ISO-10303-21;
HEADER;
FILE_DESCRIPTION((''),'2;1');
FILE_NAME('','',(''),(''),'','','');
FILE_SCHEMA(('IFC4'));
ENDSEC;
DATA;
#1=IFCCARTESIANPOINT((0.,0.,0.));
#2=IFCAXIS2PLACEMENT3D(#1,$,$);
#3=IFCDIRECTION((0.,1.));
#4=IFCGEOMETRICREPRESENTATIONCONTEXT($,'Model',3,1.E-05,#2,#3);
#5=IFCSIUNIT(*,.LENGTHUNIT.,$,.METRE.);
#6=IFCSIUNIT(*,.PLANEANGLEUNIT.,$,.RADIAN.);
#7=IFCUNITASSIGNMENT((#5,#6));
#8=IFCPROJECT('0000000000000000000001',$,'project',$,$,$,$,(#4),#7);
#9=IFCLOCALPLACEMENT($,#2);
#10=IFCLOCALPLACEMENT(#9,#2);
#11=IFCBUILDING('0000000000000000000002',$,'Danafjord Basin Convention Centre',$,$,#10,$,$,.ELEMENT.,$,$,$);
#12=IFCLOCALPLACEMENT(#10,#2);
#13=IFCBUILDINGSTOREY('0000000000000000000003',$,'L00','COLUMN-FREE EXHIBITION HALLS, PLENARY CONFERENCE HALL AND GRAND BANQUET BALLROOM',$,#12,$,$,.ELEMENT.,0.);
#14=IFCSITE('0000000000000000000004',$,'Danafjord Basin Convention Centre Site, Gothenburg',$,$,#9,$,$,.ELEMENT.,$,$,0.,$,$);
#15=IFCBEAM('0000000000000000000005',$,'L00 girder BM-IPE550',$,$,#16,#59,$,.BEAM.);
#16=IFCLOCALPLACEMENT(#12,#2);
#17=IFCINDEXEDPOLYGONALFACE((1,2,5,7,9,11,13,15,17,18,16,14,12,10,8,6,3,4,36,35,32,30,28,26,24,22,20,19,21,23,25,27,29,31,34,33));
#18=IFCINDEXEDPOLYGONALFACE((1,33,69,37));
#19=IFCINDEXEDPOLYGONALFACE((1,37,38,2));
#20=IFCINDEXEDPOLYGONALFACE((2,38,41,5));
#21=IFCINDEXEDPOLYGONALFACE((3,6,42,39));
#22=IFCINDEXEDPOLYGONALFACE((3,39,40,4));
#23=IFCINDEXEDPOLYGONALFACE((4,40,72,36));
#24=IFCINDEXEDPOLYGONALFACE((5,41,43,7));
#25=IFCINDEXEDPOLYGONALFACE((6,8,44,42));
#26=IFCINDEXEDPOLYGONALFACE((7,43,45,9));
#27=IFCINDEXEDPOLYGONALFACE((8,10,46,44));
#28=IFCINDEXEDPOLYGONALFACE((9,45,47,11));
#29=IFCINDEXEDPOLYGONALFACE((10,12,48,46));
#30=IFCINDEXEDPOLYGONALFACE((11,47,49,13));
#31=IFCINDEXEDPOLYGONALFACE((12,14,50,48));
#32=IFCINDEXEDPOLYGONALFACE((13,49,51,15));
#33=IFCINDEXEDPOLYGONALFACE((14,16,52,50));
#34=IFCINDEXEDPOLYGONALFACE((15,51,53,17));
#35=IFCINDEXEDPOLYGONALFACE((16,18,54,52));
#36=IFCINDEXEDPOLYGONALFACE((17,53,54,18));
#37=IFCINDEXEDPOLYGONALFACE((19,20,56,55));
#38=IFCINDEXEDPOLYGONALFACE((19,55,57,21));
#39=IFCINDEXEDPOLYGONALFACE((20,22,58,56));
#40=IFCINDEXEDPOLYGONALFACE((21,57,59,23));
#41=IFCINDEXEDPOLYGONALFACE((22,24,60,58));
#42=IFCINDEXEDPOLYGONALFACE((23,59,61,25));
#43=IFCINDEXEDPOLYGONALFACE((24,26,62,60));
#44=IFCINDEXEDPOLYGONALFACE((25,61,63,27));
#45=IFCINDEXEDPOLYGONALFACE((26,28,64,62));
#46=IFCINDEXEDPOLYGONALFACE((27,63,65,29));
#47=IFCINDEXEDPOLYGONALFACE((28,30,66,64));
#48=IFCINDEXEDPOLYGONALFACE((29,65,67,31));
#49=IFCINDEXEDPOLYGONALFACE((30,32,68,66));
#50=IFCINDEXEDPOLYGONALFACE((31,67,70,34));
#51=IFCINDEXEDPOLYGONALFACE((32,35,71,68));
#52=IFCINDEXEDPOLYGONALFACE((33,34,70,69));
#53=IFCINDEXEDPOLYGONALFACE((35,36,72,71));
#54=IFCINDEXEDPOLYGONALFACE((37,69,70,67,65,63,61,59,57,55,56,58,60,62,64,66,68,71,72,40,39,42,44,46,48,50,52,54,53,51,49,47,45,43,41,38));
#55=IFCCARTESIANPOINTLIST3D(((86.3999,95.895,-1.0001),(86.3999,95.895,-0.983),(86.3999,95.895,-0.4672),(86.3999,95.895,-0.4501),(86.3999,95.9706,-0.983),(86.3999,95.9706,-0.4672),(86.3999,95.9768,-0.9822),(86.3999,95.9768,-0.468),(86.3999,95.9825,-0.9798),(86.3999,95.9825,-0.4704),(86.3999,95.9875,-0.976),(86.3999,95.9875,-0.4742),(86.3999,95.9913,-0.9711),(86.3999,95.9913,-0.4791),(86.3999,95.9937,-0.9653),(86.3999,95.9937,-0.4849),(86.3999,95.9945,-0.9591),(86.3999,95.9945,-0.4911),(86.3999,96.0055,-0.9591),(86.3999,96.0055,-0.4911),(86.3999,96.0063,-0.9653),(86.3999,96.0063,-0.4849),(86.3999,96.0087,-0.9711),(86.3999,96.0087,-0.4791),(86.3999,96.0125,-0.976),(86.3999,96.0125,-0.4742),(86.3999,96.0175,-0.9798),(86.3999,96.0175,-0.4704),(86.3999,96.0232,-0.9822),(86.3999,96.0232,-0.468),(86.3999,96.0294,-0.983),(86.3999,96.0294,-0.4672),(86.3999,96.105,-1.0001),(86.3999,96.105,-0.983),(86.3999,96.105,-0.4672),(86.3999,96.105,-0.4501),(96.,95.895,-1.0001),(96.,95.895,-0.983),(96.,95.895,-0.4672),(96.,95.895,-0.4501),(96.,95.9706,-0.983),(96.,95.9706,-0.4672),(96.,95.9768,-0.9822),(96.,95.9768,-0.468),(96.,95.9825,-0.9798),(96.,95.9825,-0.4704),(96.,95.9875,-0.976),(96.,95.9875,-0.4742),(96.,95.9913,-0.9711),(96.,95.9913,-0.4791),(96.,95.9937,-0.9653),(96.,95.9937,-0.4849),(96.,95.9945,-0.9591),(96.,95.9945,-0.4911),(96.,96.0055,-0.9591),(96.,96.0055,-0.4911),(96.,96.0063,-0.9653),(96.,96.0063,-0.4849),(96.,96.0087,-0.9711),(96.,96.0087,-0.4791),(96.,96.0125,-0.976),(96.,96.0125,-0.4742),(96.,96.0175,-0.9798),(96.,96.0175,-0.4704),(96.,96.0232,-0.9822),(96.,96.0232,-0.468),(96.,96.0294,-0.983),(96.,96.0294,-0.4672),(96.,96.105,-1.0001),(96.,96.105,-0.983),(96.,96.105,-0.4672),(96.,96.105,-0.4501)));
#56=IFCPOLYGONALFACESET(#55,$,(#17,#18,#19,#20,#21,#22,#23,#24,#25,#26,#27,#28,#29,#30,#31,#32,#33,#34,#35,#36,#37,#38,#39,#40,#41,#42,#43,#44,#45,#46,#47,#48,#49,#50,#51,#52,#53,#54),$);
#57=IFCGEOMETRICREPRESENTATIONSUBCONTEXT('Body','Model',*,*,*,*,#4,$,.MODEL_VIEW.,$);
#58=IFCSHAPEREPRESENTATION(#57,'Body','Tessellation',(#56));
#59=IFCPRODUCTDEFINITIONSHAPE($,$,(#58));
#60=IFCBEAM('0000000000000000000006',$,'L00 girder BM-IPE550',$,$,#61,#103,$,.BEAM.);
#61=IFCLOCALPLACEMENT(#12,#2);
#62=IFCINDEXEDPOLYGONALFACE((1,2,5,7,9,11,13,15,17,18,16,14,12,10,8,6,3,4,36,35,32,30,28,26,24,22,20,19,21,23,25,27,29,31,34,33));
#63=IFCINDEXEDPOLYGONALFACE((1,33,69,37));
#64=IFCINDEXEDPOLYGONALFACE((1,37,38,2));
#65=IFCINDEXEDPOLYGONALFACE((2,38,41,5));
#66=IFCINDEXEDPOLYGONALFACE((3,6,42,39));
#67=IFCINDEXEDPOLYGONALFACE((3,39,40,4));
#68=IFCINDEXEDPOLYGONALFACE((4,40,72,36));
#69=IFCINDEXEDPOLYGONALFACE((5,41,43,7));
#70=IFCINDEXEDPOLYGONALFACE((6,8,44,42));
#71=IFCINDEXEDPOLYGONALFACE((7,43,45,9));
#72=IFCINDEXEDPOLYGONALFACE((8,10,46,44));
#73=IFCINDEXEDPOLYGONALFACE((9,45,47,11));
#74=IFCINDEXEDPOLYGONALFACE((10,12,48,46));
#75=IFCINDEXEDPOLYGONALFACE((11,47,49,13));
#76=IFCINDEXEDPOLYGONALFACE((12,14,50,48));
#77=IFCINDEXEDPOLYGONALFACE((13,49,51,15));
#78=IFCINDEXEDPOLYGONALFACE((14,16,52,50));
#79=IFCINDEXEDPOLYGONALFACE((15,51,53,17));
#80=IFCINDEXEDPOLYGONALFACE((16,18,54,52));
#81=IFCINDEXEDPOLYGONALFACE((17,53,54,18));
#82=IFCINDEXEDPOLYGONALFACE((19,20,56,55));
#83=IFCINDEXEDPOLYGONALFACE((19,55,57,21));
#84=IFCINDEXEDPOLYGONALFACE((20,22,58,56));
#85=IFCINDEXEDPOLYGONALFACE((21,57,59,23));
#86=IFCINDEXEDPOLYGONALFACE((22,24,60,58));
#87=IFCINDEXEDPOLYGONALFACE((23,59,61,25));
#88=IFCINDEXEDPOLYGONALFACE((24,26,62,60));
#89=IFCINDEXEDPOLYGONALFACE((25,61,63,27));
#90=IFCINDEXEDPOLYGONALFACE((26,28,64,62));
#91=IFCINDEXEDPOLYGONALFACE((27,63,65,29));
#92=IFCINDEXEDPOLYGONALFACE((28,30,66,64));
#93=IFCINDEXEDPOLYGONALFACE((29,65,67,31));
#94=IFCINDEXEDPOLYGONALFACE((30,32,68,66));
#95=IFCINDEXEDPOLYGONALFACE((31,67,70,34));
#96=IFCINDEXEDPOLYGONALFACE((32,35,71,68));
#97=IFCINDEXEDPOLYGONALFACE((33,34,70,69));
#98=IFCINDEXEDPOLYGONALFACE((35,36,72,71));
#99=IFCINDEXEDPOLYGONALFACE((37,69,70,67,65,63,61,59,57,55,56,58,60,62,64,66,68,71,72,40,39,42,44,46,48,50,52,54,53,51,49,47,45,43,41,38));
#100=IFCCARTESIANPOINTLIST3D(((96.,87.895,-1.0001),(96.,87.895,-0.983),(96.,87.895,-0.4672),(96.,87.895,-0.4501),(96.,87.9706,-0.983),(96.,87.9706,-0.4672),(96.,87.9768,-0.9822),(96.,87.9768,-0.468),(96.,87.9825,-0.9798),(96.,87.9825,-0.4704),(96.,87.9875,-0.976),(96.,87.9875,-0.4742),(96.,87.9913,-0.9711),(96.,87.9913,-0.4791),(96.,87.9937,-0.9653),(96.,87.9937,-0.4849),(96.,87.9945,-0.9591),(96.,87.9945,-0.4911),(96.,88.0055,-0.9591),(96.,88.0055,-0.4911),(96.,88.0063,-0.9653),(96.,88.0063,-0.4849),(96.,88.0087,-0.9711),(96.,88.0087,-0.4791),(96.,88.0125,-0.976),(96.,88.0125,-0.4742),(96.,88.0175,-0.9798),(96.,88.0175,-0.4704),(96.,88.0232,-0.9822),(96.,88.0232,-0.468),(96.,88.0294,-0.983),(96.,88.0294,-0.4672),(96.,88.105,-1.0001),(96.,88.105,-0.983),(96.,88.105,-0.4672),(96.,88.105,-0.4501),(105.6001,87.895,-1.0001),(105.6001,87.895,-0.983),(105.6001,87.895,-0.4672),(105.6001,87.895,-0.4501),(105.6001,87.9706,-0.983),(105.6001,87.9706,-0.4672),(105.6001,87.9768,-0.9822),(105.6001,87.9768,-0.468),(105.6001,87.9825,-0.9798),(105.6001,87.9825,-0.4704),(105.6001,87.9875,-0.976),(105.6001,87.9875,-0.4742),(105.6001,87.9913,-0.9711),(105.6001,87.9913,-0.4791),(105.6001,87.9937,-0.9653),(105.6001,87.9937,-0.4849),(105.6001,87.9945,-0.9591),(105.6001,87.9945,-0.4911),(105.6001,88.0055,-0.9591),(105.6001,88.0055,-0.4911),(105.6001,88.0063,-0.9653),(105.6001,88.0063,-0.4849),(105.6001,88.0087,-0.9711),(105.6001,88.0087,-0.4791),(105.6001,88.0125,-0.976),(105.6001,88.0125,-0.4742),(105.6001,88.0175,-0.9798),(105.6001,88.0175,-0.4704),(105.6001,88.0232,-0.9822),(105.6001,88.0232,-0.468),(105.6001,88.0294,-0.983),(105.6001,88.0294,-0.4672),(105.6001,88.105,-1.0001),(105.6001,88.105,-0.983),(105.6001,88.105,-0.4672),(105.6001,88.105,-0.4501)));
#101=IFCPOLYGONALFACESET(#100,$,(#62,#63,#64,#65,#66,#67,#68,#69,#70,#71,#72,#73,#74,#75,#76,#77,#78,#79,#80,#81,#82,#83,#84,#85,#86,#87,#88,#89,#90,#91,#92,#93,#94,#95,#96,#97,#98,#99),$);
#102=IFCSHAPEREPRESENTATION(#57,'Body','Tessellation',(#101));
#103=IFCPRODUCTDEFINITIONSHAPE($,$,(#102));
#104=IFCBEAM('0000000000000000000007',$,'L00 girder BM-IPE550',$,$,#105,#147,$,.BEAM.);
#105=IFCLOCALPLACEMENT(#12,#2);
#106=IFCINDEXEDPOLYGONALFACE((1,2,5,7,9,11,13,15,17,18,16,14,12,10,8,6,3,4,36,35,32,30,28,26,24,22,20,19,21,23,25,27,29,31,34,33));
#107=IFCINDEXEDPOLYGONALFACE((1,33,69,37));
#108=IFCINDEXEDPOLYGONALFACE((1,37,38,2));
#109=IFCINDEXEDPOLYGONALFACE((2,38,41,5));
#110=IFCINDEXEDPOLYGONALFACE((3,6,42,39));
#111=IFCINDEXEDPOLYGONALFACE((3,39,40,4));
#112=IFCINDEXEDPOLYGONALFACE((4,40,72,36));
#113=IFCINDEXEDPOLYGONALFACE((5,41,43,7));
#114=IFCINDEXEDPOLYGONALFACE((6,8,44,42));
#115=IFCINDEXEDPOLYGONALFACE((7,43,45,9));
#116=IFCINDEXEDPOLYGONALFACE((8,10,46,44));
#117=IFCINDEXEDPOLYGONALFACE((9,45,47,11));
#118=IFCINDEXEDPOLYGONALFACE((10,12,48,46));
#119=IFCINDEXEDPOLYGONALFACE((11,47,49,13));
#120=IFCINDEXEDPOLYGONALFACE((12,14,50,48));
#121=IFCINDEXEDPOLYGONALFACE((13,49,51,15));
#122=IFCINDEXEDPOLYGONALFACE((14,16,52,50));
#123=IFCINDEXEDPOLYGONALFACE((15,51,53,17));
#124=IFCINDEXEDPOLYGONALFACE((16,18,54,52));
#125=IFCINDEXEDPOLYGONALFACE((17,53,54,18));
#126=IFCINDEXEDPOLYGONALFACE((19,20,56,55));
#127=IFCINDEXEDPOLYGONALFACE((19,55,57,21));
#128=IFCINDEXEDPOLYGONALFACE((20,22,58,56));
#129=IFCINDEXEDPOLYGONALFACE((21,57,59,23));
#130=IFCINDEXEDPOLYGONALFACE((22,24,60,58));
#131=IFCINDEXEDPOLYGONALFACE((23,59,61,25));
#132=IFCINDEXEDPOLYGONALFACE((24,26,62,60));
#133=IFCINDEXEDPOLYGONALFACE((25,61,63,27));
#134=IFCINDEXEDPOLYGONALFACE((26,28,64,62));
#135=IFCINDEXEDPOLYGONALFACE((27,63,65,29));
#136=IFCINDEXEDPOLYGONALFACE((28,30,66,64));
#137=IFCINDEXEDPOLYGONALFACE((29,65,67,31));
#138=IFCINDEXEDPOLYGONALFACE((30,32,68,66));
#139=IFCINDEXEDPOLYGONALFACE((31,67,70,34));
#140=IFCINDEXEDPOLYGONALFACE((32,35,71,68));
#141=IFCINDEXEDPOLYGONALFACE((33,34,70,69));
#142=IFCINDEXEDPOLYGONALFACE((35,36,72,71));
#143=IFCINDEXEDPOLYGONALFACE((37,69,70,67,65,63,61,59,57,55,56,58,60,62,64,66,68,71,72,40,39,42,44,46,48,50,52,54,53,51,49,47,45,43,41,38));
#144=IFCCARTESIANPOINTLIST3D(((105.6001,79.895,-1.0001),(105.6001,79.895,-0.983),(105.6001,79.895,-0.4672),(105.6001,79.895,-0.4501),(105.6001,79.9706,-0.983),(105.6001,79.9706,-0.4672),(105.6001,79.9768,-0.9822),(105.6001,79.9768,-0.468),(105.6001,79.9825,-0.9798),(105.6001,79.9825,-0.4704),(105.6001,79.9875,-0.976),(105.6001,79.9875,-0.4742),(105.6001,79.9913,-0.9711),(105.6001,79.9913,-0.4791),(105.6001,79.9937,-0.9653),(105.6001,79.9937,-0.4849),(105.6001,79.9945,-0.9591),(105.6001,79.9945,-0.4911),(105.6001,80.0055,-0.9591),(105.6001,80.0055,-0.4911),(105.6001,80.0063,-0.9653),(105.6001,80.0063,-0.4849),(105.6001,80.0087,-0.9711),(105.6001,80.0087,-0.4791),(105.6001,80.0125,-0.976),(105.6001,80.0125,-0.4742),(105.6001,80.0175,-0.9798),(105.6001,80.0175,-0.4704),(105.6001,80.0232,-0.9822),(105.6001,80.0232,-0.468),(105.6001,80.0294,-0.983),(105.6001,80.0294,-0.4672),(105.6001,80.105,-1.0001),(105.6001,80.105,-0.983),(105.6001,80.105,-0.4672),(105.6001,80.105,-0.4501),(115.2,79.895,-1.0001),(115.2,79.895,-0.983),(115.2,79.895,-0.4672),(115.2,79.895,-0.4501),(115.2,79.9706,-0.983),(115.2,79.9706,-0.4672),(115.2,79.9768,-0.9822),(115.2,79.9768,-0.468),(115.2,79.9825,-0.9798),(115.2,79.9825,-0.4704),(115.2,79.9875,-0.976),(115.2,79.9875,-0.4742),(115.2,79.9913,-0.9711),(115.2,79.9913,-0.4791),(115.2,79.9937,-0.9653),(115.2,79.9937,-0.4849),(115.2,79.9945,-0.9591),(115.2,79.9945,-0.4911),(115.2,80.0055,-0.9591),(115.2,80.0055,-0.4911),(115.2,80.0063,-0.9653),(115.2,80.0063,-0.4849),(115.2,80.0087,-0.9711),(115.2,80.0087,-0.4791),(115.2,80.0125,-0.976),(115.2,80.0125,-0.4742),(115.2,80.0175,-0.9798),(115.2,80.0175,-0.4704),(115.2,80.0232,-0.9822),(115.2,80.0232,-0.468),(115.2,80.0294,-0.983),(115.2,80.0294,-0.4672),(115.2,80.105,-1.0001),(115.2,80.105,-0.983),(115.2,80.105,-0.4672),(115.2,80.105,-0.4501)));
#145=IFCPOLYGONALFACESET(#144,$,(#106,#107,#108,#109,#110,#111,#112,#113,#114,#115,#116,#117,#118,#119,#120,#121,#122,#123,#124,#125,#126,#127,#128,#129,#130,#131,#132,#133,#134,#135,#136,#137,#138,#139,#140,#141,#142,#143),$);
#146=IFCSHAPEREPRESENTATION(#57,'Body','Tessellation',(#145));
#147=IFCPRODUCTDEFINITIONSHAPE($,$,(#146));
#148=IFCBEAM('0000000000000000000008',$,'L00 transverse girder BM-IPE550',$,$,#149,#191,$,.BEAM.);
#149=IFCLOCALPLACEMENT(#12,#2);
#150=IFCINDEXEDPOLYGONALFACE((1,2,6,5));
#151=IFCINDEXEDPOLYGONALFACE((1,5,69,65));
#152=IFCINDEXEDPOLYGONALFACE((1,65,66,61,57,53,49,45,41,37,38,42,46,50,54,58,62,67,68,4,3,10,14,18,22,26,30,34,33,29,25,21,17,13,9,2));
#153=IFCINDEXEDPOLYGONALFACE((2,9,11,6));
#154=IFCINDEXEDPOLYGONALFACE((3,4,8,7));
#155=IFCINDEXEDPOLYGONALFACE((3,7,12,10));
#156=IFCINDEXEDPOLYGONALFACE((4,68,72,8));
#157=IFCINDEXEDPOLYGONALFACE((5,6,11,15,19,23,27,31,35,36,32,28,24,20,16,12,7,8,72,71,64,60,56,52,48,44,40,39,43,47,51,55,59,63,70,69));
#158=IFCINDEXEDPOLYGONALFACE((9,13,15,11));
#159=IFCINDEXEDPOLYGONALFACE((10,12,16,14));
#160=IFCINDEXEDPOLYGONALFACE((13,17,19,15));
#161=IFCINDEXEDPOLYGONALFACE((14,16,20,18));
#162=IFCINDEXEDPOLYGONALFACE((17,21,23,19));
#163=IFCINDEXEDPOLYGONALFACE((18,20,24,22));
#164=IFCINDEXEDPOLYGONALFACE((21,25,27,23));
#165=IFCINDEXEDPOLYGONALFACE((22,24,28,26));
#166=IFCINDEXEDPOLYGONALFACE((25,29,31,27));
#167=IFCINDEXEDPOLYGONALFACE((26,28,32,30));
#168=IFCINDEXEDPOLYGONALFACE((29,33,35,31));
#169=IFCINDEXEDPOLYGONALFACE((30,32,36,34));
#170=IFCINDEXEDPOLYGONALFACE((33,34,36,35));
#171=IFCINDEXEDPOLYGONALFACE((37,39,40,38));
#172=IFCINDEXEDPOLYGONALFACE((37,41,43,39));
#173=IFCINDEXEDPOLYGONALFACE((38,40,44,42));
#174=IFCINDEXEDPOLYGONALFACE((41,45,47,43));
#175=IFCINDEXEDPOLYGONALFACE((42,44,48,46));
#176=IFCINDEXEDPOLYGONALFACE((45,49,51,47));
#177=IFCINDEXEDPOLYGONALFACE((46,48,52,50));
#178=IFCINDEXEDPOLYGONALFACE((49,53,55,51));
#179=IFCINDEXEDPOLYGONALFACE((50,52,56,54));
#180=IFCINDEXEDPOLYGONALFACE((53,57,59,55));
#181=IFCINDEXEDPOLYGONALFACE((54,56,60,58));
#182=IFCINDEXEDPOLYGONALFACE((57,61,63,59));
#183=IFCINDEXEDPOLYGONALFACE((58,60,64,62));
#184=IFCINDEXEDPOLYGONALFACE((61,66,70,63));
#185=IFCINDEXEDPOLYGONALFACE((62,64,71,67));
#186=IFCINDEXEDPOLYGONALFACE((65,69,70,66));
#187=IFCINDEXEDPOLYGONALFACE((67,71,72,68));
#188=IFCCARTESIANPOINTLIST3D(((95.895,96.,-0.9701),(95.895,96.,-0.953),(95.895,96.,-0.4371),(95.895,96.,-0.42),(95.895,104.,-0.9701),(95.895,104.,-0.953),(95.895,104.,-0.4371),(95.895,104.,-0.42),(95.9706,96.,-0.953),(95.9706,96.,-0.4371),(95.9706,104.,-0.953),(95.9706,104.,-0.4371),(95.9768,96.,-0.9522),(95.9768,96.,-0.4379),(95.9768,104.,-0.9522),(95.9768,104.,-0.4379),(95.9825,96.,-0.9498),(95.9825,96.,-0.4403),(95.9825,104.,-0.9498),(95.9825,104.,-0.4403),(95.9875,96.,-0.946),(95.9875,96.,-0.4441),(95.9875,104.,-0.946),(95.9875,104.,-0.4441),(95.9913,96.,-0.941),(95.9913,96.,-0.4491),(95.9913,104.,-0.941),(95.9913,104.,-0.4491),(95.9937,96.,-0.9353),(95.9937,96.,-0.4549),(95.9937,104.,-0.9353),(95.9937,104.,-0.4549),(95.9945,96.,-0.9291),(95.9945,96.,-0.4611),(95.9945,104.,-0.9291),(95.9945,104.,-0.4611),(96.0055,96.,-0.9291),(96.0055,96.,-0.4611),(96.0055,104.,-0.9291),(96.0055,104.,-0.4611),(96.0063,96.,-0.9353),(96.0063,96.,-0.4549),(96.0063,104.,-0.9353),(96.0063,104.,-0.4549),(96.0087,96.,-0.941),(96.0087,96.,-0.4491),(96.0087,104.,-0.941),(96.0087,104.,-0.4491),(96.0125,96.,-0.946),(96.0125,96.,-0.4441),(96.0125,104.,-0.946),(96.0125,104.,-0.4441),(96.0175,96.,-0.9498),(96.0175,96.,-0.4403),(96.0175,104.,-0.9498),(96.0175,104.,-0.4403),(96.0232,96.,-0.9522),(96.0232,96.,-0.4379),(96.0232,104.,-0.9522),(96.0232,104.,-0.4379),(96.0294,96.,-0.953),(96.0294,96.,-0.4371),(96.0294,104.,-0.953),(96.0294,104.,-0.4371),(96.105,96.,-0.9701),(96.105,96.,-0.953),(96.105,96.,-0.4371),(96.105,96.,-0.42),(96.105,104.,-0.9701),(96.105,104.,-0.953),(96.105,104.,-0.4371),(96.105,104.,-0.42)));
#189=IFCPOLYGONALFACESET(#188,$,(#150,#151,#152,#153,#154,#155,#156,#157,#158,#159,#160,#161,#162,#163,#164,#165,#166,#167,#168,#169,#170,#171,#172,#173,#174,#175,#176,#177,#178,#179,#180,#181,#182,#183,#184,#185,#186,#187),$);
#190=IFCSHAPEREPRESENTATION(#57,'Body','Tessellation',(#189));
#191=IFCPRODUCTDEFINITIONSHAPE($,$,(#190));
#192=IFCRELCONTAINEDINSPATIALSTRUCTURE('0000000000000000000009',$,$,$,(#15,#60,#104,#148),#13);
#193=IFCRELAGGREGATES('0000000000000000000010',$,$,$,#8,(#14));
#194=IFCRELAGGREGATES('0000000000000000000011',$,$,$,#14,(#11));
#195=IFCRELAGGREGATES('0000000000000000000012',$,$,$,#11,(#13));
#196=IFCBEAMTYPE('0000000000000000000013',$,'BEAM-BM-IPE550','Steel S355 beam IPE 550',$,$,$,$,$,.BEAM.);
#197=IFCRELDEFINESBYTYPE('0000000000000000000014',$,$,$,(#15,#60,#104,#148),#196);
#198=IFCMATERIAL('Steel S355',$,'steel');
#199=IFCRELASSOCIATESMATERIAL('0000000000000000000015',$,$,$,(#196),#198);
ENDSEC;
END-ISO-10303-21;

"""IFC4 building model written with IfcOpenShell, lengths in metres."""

from ifc_helpers import new_model, si_unit, direction, frame, origin, origin_2d, place, context, subcontext, project, spatial, i_section, extrude, material, material_profile, profile_set, type_object, element, save


model = new_model("IFC4")

# Units and contexts
model_context = context("Model", 3, precision=1e-05, world=origin(), true_north=direction((0.0, 1.0)))
body_context = subcontext(model_context, "Body", "Model", "MODEL_VIEW")
ifc_project = project(units=[si_unit("LENGTHUNIT", "METRE"), si_unit("PLANEANGLEUNIT", "RADIAN")], contexts=[model_context])

# Site, building, storey
site_placement = place(None, origin())
site = spatial("IfcSite", under=ifc_project, at=site_placement, Name="Danafjord Basin Convention Centre Site, Gothenburg", CompositionType="ELEMENT", RefElevation=0.0)
building_placement = place(site_placement, origin())
building = spatial("IfcBuilding", under=site, at=building_placement, Name="Danafjord Basin Convention Centre", CompositionType="ELEMENT")
storey_placement = place(building_placement, origin())
storey = spatial("IfcBuildingStorey", under=building, at=storey_placement, Name="L00", Description="COLUMN-FREE EXHIBITION HALLS, PLENARY CONFERENCE HALL AND GRAND BANQUET BALLROOM", CompositionType="ELEMENT", Elevation=0.0)

# Beams
ifc_material = material(Name="Steel S355", Category="steel")
ifc_material_profile_1 = material_profile(ifc_material, i_section(OverallWidth=0.21, OverallDepth=0.55, WebThickness=0.011, FlangeThickness=0.0171, FilletRadius=0.0239, at=origin_2d()), Name="IPE 550")
ifc_profile_set_1 = profile_set([ifc_material_profile_1], Name="Steel S355")
beam_type_1 = type_object("IfcBeamType", Name="BEAM-BM-IPE550", Description="Steel S355 beam IPE 550", PredefinedType="BEAM", material=ifc_profile_set_1)
for number, where, z_axis, x_axis, name in (
    (1, (86.3999, 96.0, -0.7251), (1.0, 0.0, 0.0), (0.0, 1.0, 0.0), "L00 girder BM-IPE550"),
    (2, (96.0, 88.0, -0.7251), (1.0, 0.0, 0.0), (0.0, 1.0, 0.0), "L00 girder BM-IPE550"),
):
    element("IfcBeam", number, at=place(storey_placement, frame(where, z_axis=z_axis, x_axis=x_axis)), inside=storey, type_object=beam_type_1, Name=name, PredefinedType="BEAM", context=body_context, shape_type="SweptSolid", body=[
        extrude(i_section(OverallWidth=0.21, OverallDepth=0.55, WebThickness=0.011, FlangeThickness=0.0171, FilletRadius=0.0239, at=origin_2d()), origin(), (0.0, 0.0, 1.0), 9.6001),
    ])
beam_1_placement = place(storey_placement, frame((105.6001, 80.0, -0.7251), z_axis=(1.0, 0.0, 0.0), x_axis=(0.0, 1.0, 0.0)))
element("IfcBeam", 3, at=beam_1_placement, inside=storey, type_object=beam_type_1, Name="L00 girder BM-IPE550", PredefinedType="BEAM", context=body_context, shape_type="SweptSolid", body=[
    extrude(i_section(OverallWidth=0.21, OverallDepth=0.55, WebThickness=0.011, FlangeThickness=0.0171, FilletRadius=0.0239, at=origin_2d()), origin(), (0.0, 0.0, 1.0), 9.5999),
])
for number, where, z_axis, x_axis, name in (
    (4, (96.0, 96.0, -0.6951), (0.0, 1.0, 0.0), (-1.0, 0.0, 0.0), "L00 transverse girder BM-IPE550"),
):
    element("IfcBeam", number, at=place(storey_placement, frame(where, z_axis=z_axis, x_axis=x_axis)), inside=storey, type_object=beam_type_1, Name=name, PredefinedType="BEAM", context=body_context, shape_type="SweptSolid", body=[
        extrude(i_section(OverallWidth=0.21, OverallDepth=0.55, WebThickness=0.011, FlangeThickness=0.0171, FilletRadius=0.0239, at=origin_2d()), origin(), (0.0, 0.0, 1.0), 8.0),
    ])

save(model, "model.ifc")
